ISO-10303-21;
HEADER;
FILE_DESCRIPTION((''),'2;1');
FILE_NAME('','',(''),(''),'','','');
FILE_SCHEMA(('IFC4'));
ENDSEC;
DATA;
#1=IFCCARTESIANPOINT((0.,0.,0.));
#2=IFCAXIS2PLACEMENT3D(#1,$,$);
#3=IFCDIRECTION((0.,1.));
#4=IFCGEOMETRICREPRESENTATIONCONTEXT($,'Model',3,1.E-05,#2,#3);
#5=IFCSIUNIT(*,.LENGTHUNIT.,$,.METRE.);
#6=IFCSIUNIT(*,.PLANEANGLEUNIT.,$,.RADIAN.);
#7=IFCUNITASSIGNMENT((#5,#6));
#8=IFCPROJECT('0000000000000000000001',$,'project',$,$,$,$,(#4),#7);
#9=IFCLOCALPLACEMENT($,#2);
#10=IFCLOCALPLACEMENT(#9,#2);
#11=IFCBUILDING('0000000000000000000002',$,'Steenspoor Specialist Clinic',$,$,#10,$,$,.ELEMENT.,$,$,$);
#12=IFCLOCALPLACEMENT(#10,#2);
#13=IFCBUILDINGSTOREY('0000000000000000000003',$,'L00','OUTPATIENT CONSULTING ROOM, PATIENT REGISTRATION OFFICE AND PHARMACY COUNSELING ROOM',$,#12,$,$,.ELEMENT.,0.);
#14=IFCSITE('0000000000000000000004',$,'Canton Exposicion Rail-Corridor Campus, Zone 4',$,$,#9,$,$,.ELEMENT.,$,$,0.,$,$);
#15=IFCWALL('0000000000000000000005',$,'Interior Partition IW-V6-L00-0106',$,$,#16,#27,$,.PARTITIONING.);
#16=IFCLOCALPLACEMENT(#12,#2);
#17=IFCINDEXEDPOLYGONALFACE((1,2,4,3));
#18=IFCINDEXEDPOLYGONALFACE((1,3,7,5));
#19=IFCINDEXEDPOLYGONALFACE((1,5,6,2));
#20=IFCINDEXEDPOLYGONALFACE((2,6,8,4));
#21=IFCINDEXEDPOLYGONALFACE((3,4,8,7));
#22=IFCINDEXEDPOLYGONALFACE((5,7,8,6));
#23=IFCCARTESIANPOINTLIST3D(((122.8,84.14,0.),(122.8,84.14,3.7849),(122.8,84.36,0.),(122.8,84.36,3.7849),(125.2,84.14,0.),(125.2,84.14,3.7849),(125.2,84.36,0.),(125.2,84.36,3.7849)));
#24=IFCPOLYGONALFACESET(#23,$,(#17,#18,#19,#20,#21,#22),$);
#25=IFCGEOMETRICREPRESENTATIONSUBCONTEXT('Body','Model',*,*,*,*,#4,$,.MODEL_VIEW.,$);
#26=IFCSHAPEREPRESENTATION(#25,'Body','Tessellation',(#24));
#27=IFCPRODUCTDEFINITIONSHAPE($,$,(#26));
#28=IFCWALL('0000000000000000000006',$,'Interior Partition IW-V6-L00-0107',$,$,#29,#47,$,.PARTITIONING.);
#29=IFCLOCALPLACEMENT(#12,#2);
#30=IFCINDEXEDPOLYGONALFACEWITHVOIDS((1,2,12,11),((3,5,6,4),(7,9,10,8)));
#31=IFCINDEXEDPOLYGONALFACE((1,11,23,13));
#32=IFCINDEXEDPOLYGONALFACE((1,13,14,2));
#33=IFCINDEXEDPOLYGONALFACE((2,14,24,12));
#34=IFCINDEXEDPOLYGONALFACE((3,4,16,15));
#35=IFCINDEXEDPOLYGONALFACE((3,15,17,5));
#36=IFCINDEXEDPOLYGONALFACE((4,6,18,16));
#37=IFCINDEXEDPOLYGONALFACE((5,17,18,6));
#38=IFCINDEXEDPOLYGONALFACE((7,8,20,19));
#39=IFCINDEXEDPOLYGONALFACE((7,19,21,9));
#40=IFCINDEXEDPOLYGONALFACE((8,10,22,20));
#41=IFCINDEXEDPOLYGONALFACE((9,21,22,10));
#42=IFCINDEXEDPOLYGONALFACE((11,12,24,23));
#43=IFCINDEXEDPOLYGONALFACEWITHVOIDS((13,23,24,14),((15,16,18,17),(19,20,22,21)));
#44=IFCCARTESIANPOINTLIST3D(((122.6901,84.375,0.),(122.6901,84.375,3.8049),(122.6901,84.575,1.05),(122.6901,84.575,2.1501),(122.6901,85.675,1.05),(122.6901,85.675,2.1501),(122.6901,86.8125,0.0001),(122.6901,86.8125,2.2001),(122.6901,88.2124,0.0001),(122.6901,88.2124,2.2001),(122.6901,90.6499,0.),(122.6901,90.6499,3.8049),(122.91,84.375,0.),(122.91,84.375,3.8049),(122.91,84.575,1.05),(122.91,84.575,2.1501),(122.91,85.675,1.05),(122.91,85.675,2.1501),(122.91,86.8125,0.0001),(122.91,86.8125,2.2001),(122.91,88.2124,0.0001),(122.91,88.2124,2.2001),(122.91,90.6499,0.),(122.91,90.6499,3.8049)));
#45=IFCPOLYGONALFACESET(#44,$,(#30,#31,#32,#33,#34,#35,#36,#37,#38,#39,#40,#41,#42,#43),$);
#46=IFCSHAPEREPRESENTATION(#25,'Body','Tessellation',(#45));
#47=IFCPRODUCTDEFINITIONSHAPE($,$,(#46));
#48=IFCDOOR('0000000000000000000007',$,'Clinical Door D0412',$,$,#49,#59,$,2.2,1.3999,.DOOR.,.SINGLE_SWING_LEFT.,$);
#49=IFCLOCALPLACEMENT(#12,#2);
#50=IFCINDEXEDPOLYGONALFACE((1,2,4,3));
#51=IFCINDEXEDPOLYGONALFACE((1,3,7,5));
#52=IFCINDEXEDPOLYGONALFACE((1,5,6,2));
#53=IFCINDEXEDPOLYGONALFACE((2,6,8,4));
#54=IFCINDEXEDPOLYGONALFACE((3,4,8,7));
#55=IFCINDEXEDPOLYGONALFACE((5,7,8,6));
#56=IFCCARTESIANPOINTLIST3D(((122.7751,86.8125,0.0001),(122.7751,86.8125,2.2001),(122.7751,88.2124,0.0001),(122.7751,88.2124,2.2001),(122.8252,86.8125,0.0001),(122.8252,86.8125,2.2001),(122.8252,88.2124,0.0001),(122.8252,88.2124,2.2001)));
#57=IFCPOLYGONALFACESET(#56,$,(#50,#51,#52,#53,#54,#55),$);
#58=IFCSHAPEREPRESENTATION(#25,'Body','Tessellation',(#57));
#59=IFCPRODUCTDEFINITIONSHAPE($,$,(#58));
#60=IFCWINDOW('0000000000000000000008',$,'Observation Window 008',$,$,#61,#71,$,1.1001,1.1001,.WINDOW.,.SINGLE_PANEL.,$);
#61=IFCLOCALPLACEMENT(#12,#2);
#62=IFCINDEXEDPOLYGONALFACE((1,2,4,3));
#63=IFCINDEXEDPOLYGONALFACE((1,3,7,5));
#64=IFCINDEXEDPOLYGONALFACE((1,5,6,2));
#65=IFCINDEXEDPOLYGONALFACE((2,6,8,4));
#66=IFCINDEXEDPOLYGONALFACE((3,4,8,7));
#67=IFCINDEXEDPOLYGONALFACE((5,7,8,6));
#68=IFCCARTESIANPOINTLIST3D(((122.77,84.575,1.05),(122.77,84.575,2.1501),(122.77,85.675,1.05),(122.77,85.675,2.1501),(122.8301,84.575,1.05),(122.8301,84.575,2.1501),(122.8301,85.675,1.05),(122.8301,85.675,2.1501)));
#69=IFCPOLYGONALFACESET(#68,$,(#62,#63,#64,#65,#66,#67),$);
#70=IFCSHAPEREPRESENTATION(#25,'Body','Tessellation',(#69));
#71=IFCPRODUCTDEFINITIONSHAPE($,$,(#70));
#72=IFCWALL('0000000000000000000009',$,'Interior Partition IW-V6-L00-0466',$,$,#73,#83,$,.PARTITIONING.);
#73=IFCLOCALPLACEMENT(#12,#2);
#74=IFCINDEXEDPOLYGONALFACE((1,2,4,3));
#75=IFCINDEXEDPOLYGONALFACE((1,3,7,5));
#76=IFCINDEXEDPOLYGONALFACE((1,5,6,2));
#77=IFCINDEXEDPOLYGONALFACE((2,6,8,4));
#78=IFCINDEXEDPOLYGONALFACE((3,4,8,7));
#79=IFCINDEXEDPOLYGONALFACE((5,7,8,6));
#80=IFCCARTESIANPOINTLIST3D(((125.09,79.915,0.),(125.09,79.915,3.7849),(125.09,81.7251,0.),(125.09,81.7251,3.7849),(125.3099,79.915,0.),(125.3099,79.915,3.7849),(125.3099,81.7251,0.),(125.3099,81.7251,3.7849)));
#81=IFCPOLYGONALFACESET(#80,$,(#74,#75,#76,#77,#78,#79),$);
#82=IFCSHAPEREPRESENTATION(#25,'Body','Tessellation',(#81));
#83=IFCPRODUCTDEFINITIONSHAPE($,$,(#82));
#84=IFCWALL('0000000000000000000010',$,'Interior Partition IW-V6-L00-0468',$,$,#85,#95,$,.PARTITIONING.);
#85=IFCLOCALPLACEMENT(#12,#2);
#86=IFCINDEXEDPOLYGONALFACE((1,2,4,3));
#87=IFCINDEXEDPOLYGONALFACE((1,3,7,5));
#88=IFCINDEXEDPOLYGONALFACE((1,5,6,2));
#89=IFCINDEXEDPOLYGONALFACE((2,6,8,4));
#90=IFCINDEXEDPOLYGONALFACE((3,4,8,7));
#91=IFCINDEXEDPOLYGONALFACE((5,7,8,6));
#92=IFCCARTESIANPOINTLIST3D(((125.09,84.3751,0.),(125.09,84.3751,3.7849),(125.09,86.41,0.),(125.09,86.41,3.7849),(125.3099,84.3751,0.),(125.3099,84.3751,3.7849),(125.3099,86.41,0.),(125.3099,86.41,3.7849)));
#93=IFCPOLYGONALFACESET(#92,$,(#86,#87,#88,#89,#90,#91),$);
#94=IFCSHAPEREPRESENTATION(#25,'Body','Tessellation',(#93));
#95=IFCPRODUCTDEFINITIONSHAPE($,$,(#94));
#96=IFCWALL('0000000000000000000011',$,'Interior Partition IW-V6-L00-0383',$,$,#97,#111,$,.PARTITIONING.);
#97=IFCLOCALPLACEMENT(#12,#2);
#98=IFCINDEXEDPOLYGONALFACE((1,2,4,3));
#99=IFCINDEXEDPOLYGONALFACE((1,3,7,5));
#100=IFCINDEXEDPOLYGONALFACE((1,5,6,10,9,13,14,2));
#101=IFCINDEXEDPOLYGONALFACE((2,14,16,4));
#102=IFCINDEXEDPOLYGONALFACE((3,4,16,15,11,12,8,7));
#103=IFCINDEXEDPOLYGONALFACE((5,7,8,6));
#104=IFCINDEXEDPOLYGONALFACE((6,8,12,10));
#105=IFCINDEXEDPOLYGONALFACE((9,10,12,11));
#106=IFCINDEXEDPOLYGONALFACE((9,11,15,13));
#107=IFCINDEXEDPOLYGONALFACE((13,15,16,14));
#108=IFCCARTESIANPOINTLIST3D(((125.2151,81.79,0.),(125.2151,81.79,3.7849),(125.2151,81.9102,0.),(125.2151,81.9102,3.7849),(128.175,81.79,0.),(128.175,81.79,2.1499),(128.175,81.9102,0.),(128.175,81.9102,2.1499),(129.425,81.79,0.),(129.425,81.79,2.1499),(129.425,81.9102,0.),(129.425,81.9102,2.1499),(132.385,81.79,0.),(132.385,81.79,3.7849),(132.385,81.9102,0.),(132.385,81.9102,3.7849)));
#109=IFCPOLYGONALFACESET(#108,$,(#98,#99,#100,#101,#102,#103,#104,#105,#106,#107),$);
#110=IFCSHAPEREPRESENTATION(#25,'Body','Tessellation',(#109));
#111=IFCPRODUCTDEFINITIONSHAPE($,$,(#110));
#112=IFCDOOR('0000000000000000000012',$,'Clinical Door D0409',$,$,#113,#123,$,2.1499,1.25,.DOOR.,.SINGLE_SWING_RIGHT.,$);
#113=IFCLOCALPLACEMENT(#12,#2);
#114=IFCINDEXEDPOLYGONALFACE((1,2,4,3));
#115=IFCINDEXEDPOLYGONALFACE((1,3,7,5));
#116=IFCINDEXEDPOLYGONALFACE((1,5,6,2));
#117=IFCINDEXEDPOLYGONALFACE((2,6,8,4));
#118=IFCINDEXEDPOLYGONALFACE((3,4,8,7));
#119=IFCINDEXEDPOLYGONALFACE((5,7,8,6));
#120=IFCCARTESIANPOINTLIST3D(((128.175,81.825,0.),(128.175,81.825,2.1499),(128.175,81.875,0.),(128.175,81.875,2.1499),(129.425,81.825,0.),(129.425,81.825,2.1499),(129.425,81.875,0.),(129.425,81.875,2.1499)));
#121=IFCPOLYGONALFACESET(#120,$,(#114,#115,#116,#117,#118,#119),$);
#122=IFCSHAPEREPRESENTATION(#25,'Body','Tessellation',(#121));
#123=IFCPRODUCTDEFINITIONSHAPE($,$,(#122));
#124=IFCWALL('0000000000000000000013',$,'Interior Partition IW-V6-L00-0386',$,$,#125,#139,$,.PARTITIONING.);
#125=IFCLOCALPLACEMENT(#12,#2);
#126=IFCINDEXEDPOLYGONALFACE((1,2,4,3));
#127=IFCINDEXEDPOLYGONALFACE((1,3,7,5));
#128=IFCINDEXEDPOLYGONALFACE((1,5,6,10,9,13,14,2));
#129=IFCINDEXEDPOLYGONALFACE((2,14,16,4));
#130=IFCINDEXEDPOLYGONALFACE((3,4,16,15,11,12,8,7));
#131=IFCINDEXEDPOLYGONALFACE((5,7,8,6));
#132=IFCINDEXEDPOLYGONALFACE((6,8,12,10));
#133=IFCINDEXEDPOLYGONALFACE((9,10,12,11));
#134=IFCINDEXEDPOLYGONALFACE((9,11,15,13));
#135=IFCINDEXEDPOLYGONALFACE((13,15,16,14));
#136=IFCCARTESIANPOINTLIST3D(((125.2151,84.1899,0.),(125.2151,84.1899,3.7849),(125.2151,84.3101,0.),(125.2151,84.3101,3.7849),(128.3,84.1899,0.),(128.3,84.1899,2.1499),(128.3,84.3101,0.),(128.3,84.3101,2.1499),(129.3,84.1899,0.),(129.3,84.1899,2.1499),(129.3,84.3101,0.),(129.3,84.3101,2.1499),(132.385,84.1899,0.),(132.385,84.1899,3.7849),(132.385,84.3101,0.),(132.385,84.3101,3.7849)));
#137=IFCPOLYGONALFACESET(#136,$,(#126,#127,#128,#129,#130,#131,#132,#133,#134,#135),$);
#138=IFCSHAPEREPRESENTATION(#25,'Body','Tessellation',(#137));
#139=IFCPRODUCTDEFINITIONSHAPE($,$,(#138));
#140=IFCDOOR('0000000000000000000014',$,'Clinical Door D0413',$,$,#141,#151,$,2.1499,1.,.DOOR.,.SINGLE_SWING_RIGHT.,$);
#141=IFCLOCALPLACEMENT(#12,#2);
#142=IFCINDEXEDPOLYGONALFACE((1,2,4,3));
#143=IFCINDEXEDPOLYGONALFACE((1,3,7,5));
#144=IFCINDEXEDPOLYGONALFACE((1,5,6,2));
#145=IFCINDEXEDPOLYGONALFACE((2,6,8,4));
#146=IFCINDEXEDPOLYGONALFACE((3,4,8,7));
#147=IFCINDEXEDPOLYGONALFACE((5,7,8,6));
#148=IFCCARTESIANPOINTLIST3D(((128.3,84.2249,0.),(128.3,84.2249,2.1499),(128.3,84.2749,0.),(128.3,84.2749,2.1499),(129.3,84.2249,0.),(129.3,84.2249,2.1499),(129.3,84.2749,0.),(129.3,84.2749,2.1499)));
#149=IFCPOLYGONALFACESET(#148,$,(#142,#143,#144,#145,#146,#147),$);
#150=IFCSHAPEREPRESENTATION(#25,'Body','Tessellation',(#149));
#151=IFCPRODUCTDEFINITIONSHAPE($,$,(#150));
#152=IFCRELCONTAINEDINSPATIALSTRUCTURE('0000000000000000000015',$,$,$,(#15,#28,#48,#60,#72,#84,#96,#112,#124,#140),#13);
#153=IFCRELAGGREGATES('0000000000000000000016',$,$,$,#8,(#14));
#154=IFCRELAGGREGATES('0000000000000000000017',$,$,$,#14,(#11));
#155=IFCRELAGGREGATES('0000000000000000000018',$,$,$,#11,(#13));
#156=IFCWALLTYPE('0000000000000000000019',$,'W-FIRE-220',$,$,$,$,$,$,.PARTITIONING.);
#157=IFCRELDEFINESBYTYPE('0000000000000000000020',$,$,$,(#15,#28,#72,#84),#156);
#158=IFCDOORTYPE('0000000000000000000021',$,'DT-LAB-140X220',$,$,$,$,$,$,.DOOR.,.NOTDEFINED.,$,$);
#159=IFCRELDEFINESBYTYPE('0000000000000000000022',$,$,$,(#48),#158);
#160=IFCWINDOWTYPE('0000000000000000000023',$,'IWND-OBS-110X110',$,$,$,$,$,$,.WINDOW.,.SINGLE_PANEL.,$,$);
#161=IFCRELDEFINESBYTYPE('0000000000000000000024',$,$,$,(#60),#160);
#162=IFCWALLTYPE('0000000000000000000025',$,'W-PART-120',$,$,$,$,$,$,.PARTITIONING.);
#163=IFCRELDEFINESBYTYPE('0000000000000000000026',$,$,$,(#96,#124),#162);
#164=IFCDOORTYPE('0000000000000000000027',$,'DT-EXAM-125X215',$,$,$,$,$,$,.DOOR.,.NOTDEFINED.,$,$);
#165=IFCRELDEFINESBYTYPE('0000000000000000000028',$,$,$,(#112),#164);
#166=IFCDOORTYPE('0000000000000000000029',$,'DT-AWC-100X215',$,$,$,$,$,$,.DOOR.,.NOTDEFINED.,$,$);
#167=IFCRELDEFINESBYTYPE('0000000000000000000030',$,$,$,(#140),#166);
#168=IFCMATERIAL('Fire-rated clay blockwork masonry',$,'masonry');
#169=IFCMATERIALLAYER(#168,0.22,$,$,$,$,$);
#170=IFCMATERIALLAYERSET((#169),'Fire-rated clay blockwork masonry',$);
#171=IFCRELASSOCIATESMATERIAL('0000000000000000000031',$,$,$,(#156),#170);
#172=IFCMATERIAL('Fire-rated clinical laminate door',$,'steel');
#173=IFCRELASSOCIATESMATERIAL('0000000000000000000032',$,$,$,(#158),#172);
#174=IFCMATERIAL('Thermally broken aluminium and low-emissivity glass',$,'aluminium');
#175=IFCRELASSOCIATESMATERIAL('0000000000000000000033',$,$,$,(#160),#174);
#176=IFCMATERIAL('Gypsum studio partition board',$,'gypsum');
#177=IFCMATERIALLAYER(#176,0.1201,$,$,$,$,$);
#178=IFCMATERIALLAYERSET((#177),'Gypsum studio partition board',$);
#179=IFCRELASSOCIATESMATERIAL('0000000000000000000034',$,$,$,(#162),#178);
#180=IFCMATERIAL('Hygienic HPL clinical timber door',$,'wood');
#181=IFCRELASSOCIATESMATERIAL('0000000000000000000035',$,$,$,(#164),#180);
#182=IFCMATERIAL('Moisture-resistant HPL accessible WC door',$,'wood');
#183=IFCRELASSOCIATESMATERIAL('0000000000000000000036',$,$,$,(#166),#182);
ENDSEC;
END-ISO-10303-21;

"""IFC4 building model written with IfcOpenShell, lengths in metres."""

from ifc_helpers import new_model, si_unit, direction, frame, frame_2d, origin, place, context, subcontext, project, spatial, rectangle, extrude, material, layer, layer_set, type_object, element, fill, save


model = new_model("IFC4")

# Units and contexts
model_context = context("Model", 3, precision=1e-05, world=origin(), true_north=direction((0.0, 1.0)))
body_context = subcontext(model_context, "Body", "Model", "MODEL_VIEW")
ifc_project = project(units=[si_unit("LENGTHUNIT", "METRE"), si_unit("PLANEANGLEUNIT", "RADIAN")], contexts=[model_context])

# Site, building, storey
site_placement = place(None, origin())
site = spatial("IfcSite", under=ifc_project, at=site_placement, Name="Canton Exposicion Rail-Corridor Campus, Zone 4", CompositionType="ELEMENT", RefElevation=0.0)
building_placement = place(site_placement, origin())
building = spatial("IfcBuilding", under=site, at=building_placement, Name="Steenspoor Specialist Clinic", CompositionType="ELEMENT")
storey_placement = place(building_placement, origin())
storey = spatial("IfcBuildingStorey", under=building, at=storey_placement, Name="L00", Description="OUTPATIENT CONSULTING ROOM, PATIENT REGISTRATION OFFICE AND PHARMACY COUNSELING ROOM", CompositionType="ELEMENT", Elevation=0.0)

# Shared definitions
ifc_material_1 = material(Name="Thermally broken aluminium and low-emissivity glass", Category="aluminium")

# Wall
ifc_material_2 = material(Name="Fire-rated clay blockwork masonry", Category="masonry")
ifc_layer_1 = layer(ifc_material_2, 0.22)
ifc_layer_set_1 = layer_set([ifc_layer_1], Name="Fire-rated clay blockwork masonry")
wall_type_1 = type_object("IfcWallType", Name="W-FIRE-220", PredefinedType="PARTITIONING", material=ifc_layer_set_1)
for number, where, z_axis, x_axis, name in (
    (1, (122.8, 84.25, 0.0), (0.0, 0.0, 1.0), (1.0, 0.0, 0.0), "Interior Partition IW-V6-L00-0106"),
):
    element("IfcWall", number, at=place(storey_placement, frame(where, z_axis=z_axis, x_axis=x_axis)), inside=storey, type_object=wall_type_1, Name=name, PredefinedType="PARTITIONING", context=body_context, shape_type="SweptSolid", body=[
        extrude(rectangle(XDim=2.3999, YDim=0.22, at=frame_2d((1.2, 0.0))), origin(), (0.0, 0.0, 1.0), 3.7849),
    ])

# Wall, openings, door, window
wall_1_placement = place(storey_placement, frame((122.8, 84.375, 0.0), z_axis=(0.0, 0.0, 1.0), x_axis=(0.0, 1.0, 0.0)))
wall_1 = element("IfcWall", 2, at=wall_1_placement, inside=storey, type_object=wall_type_1, Name="Interior Partition IW-V6-L00-0107", PredefinedType="PARTITIONING", context=body_context, shape_type="SweptSolid", body=[
    extrude(rectangle(XDim=6.2749, YDim=0.22, at=frame_2d((3.1375, 0.0))), origin(), (0.0, 0.0, 1.0), 3.8049),
])
opening_1_placement = place(wall_1_placement, frame((2.4375, 0.0, 0.0)))
opening_1 = element("IfcOpeningElement", 3, at=opening_1_placement, cuts=wall_1, PredefinedType="OPENING", context=body_context, shape_type="SweptSolid", body=[
    extrude(rectangle(XDim=1.3999, YDim=2.2, at=frame_2d((0.7, 1.1001))), frame((0.0, 0.1201, 0.0), z_axis=(0.0, -1.0, 0.0), x_axis=(1.0, 0.0, 0.0)), (0.0, 0.0, 1.0), 0.24),
])
opening_2_placement = place(wall_1_placement, frame((0.2, 0.0, 1.05)))
opening_2 = element("IfcOpeningElement", 4, at=opening_2_placement, cuts=wall_1, PredefinedType="OPENING", context=body_context, shape_type="SweptSolid", body=[
    extrude(rectangle(XDim=1.1001, YDim=1.1001, at=frame_2d((0.55, 0.55))), frame((0.0, 0.1201, 0.0), z_axis=(0.0, -1.0, 0.0), x_axis=(1.0, 0.0, 0.0)), (0.0, 0.0, 1.0), 0.24),
])
ifc_material_3 = material(Name="Fire-rated clinical laminate door", Category="steel")
door_type_1 = type_object("IfcDoorType", Name="DT-LAB-140X220", OperationType="NOTDEFINED", PredefinedType="DOOR", material=ifc_material_3)
door_1_placement = place(opening_1_placement, origin())
door_1 = element("IfcDoor", 5, at=door_1_placement, inside=storey, type_object=door_type_1, Name="Clinical Door D0412", OperationType="SINGLE_SWING_LEFT", OverallHeight=2.2, OverallWidth=1.3999, PredefinedType="DOOR", context=body_context, shape_type="SweptSolid", body=[
    extrude(rectangle(XDim=1.3999, YDim=2.2, at=frame_2d((0.7, 1.1001))), frame((0.0, 0.0249, 0.0), z_axis=(0.0, -1.0, 0.0), x_axis=(1.0, 0.0, 0.0)), (0.0, 0.0, 1.0), 0.05),
])
fill(opening_1, door_1)
window_type_1 = type_object("IfcWindowType", Name="IWND-OBS-110X110", PartitioningType="SINGLE_PANEL", PredefinedType="WINDOW", material=ifc_material_1)
window_1_placement = place(opening_2_placement, origin())
window_1 = element("IfcWindow", 6, at=window_1_placement, inside=storey, type_object=window_type_1, Name="Observation Window 008", OverallHeight=1.1001, OverallWidth=1.1001, PartitioningType="SINGLE_PANEL", PredefinedType="WINDOW", context=body_context, shape_type="SweptSolid", body=[
    extrude(rectangle(XDim=1.1001, YDim=1.1001, at=frame_2d((0.55, 0.55))), frame((0.0, 0.03, 0.0), z_axis=(0.0, -1.0, 0.0), x_axis=(1.0, 0.0, 0.0)), (0.0, 0.0, 1.0), 0.0601),
])
fill(opening_2, window_1)

# Walls
wall_2_placement = place(storey_placement, frame((125.2, 79.915, 0.0), z_axis=(0.0, 0.0, 1.0), x_axis=(0.0, 1.0, 0.0)))
element("IfcWall", 7, at=wall_2_placement, inside=storey, type_object=wall_type_1, Name="Interior Partition IW-V6-L00-0466", PredefinedType="PARTITIONING", context=body_context, shape_type="SweptSolid", body=[
    extrude(rectangle(XDim=1.8101, YDim=0.22, at=frame_2d((0.905, 0.0))), origin(), (0.0, 0.0, 1.0), 3.7849),
])
wall_3_placement = place(storey_placement, frame((125.2, 84.375, 0.0), z_axis=(0.0, 0.0, 1.0), x_axis=(0.0, 1.0, 0.0)))
element("IfcWall", 8, at=wall_3_placement, inside=storey, type_object=wall_type_1, Name="Interior Partition IW-V6-L00-0468", PredefinedType="PARTITIONING", context=body_context, shape_type="SweptSolid", body=[
    extrude(rectangle(XDim=2.0349, YDim=0.22, at=frame_2d((1.0176, 0.0))), origin(), (0.0, 0.0, 1.0), 3.7849),
])

# Walls, openings, doors
ifc_material_4 = material(Name="Gypsum studio partition board", Category="gypsum")
ifc_layer_2 = layer(ifc_material_4, 0.1201)
ifc_layer_set_2 = layer_set([ifc_layer_2], Name="Gypsum studio partition board")
wall_type_2 = type_object("IfcWallType", Name="W-PART-120", PredefinedType="PARTITIONING", material=ifc_layer_set_2)
wall_4_placement = place(storey_placement, frame((125.2151, 81.8501, 0.0), z_axis=(0.0, 0.0, 1.0), x_axis=(1.0, 0.0, 0.0)))
wall_4 = element("IfcWall", 9, at=wall_4_placement, inside=storey, type_object=wall_type_2, Name="Interior Partition IW-V6-L00-0383", PredefinedType="PARTITIONING", context=body_context, shape_type="SweptSolid", body=[
    extrude(rectangle(XDim=7.1699, YDim=0.1201, at=frame_2d((3.585, 0.0))), origin(), (0.0, 0.0, 1.0), 3.7849),
])
opening_3_placement = place(wall_4_placement, frame((2.96, 0.0, 0.0)))
opening_3 = element("IfcOpeningElement", 10, at=opening_3_placement, cuts=wall_4, PredefinedType="OPENING", context=body_context, shape_type="SweptSolid", body=[
    extrude(rectangle(XDim=1.25, YDim=2.1499, at=frame_2d((0.625, 1.075))), frame((0.0, 0.0701, 0.0), z_axis=(0.0, -1.0, 0.0), x_axis=(1.0, 0.0, 0.0)), (0.0, 0.0, 1.0), 0.1401),
])
ifc_material_5 = material(Name="Hygienic HPL clinical timber door", Category="wood")
door_type_2 = type_object("IfcDoorType", Name="DT-EXAM-125X215", OperationType="NOTDEFINED", PredefinedType="DOOR", material=ifc_material_5)
door_2_placement = place(opening_3_placement, origin())
door_2 = element("IfcDoor", 11, at=door_2_placement, inside=storey, type_object=door_type_2, Name="Clinical Door D0409", OperationType="SINGLE_SWING_RIGHT", OverallHeight=2.1499, OverallWidth=1.25, PredefinedType="DOOR", context=body_context, shape_type="SweptSolid", body=[
    extrude(rectangle(XDim=1.25, YDim=2.1499, at=frame_2d((0.625, 1.075))), frame((0.0, 0.0249, 0.0), z_axis=(0.0, -1.0, 0.0), x_axis=(1.0, 0.0, 0.0)), (0.0, 0.0, 1.0), 0.05),
])
fill(opening_3, door_2)
wall_5_placement = place(storey_placement, frame((125.2151, 84.25, 0.0), z_axis=(0.0, 0.0, 1.0), x_axis=(1.0, 0.0, 0.0)))
wall_5 = element("IfcWall", 12, at=wall_5_placement, inside=storey, type_object=wall_type_2, Name="Interior Partition IW-V6-L00-0386", PredefinedType="PARTITIONING", context=body_context, shape_type="SweptSolid", body=[
    extrude(rectangle(XDim=7.1699, YDim=0.1201, at=frame_2d((3.585, 0.0))), origin(), (0.0, 0.0, 1.0), 3.7849),
])
opening_4_placement = place(wall_5_placement, frame((3.085, 0.0, 0.0)))
opening_4 = element("IfcOpeningElement", 13, at=opening_4_placement, cuts=wall_5, PredefinedType="OPENING", context=body_context, shape_type="SweptSolid", body=[
    extrude(rectangle(XDim=1.0, YDim=2.1499, at=frame_2d((0.5, 1.075))), frame((0.0, 0.0701, 0.0), z_axis=(0.0, -1.0, 0.0), x_axis=(1.0, 0.0, 0.0)), (0.0, 0.0, 1.0), 0.1401),
])
ifc_material_6 = material(Name="Moisture-resistant HPL accessible WC door", Category="wood")
door_type_3 = type_object("IfcDoorType", Name="DT-AWC-100X215", OperationType="NOTDEFINED", PredefinedType="DOOR", material=ifc_material_6)
door_3_placement = place(opening_4_placement, origin())
door_3 = element("IfcDoor", 14, at=door_3_placement, inside=storey, type_object=door_type_3, Name="Clinical Door D0413", OperationType="SINGLE_SWING_RIGHT", OverallHeight=2.1499, OverallWidth=1.0, PredefinedType="DOOR", context=body_context, shape_type="SweptSolid", body=[
    extrude(rectangle(XDim=1.0, YDim=2.1499, at=frame_2d((0.5, 1.075))), frame((0.0, 0.0249, 0.0), z_axis=(0.0, -1.0, 0.0), x_axis=(1.0, 0.0, 0.0)), (0.0, 0.0, 1.0), 0.05),
])
fill(opening_4, door_3)

save(model, "model.ifc")
